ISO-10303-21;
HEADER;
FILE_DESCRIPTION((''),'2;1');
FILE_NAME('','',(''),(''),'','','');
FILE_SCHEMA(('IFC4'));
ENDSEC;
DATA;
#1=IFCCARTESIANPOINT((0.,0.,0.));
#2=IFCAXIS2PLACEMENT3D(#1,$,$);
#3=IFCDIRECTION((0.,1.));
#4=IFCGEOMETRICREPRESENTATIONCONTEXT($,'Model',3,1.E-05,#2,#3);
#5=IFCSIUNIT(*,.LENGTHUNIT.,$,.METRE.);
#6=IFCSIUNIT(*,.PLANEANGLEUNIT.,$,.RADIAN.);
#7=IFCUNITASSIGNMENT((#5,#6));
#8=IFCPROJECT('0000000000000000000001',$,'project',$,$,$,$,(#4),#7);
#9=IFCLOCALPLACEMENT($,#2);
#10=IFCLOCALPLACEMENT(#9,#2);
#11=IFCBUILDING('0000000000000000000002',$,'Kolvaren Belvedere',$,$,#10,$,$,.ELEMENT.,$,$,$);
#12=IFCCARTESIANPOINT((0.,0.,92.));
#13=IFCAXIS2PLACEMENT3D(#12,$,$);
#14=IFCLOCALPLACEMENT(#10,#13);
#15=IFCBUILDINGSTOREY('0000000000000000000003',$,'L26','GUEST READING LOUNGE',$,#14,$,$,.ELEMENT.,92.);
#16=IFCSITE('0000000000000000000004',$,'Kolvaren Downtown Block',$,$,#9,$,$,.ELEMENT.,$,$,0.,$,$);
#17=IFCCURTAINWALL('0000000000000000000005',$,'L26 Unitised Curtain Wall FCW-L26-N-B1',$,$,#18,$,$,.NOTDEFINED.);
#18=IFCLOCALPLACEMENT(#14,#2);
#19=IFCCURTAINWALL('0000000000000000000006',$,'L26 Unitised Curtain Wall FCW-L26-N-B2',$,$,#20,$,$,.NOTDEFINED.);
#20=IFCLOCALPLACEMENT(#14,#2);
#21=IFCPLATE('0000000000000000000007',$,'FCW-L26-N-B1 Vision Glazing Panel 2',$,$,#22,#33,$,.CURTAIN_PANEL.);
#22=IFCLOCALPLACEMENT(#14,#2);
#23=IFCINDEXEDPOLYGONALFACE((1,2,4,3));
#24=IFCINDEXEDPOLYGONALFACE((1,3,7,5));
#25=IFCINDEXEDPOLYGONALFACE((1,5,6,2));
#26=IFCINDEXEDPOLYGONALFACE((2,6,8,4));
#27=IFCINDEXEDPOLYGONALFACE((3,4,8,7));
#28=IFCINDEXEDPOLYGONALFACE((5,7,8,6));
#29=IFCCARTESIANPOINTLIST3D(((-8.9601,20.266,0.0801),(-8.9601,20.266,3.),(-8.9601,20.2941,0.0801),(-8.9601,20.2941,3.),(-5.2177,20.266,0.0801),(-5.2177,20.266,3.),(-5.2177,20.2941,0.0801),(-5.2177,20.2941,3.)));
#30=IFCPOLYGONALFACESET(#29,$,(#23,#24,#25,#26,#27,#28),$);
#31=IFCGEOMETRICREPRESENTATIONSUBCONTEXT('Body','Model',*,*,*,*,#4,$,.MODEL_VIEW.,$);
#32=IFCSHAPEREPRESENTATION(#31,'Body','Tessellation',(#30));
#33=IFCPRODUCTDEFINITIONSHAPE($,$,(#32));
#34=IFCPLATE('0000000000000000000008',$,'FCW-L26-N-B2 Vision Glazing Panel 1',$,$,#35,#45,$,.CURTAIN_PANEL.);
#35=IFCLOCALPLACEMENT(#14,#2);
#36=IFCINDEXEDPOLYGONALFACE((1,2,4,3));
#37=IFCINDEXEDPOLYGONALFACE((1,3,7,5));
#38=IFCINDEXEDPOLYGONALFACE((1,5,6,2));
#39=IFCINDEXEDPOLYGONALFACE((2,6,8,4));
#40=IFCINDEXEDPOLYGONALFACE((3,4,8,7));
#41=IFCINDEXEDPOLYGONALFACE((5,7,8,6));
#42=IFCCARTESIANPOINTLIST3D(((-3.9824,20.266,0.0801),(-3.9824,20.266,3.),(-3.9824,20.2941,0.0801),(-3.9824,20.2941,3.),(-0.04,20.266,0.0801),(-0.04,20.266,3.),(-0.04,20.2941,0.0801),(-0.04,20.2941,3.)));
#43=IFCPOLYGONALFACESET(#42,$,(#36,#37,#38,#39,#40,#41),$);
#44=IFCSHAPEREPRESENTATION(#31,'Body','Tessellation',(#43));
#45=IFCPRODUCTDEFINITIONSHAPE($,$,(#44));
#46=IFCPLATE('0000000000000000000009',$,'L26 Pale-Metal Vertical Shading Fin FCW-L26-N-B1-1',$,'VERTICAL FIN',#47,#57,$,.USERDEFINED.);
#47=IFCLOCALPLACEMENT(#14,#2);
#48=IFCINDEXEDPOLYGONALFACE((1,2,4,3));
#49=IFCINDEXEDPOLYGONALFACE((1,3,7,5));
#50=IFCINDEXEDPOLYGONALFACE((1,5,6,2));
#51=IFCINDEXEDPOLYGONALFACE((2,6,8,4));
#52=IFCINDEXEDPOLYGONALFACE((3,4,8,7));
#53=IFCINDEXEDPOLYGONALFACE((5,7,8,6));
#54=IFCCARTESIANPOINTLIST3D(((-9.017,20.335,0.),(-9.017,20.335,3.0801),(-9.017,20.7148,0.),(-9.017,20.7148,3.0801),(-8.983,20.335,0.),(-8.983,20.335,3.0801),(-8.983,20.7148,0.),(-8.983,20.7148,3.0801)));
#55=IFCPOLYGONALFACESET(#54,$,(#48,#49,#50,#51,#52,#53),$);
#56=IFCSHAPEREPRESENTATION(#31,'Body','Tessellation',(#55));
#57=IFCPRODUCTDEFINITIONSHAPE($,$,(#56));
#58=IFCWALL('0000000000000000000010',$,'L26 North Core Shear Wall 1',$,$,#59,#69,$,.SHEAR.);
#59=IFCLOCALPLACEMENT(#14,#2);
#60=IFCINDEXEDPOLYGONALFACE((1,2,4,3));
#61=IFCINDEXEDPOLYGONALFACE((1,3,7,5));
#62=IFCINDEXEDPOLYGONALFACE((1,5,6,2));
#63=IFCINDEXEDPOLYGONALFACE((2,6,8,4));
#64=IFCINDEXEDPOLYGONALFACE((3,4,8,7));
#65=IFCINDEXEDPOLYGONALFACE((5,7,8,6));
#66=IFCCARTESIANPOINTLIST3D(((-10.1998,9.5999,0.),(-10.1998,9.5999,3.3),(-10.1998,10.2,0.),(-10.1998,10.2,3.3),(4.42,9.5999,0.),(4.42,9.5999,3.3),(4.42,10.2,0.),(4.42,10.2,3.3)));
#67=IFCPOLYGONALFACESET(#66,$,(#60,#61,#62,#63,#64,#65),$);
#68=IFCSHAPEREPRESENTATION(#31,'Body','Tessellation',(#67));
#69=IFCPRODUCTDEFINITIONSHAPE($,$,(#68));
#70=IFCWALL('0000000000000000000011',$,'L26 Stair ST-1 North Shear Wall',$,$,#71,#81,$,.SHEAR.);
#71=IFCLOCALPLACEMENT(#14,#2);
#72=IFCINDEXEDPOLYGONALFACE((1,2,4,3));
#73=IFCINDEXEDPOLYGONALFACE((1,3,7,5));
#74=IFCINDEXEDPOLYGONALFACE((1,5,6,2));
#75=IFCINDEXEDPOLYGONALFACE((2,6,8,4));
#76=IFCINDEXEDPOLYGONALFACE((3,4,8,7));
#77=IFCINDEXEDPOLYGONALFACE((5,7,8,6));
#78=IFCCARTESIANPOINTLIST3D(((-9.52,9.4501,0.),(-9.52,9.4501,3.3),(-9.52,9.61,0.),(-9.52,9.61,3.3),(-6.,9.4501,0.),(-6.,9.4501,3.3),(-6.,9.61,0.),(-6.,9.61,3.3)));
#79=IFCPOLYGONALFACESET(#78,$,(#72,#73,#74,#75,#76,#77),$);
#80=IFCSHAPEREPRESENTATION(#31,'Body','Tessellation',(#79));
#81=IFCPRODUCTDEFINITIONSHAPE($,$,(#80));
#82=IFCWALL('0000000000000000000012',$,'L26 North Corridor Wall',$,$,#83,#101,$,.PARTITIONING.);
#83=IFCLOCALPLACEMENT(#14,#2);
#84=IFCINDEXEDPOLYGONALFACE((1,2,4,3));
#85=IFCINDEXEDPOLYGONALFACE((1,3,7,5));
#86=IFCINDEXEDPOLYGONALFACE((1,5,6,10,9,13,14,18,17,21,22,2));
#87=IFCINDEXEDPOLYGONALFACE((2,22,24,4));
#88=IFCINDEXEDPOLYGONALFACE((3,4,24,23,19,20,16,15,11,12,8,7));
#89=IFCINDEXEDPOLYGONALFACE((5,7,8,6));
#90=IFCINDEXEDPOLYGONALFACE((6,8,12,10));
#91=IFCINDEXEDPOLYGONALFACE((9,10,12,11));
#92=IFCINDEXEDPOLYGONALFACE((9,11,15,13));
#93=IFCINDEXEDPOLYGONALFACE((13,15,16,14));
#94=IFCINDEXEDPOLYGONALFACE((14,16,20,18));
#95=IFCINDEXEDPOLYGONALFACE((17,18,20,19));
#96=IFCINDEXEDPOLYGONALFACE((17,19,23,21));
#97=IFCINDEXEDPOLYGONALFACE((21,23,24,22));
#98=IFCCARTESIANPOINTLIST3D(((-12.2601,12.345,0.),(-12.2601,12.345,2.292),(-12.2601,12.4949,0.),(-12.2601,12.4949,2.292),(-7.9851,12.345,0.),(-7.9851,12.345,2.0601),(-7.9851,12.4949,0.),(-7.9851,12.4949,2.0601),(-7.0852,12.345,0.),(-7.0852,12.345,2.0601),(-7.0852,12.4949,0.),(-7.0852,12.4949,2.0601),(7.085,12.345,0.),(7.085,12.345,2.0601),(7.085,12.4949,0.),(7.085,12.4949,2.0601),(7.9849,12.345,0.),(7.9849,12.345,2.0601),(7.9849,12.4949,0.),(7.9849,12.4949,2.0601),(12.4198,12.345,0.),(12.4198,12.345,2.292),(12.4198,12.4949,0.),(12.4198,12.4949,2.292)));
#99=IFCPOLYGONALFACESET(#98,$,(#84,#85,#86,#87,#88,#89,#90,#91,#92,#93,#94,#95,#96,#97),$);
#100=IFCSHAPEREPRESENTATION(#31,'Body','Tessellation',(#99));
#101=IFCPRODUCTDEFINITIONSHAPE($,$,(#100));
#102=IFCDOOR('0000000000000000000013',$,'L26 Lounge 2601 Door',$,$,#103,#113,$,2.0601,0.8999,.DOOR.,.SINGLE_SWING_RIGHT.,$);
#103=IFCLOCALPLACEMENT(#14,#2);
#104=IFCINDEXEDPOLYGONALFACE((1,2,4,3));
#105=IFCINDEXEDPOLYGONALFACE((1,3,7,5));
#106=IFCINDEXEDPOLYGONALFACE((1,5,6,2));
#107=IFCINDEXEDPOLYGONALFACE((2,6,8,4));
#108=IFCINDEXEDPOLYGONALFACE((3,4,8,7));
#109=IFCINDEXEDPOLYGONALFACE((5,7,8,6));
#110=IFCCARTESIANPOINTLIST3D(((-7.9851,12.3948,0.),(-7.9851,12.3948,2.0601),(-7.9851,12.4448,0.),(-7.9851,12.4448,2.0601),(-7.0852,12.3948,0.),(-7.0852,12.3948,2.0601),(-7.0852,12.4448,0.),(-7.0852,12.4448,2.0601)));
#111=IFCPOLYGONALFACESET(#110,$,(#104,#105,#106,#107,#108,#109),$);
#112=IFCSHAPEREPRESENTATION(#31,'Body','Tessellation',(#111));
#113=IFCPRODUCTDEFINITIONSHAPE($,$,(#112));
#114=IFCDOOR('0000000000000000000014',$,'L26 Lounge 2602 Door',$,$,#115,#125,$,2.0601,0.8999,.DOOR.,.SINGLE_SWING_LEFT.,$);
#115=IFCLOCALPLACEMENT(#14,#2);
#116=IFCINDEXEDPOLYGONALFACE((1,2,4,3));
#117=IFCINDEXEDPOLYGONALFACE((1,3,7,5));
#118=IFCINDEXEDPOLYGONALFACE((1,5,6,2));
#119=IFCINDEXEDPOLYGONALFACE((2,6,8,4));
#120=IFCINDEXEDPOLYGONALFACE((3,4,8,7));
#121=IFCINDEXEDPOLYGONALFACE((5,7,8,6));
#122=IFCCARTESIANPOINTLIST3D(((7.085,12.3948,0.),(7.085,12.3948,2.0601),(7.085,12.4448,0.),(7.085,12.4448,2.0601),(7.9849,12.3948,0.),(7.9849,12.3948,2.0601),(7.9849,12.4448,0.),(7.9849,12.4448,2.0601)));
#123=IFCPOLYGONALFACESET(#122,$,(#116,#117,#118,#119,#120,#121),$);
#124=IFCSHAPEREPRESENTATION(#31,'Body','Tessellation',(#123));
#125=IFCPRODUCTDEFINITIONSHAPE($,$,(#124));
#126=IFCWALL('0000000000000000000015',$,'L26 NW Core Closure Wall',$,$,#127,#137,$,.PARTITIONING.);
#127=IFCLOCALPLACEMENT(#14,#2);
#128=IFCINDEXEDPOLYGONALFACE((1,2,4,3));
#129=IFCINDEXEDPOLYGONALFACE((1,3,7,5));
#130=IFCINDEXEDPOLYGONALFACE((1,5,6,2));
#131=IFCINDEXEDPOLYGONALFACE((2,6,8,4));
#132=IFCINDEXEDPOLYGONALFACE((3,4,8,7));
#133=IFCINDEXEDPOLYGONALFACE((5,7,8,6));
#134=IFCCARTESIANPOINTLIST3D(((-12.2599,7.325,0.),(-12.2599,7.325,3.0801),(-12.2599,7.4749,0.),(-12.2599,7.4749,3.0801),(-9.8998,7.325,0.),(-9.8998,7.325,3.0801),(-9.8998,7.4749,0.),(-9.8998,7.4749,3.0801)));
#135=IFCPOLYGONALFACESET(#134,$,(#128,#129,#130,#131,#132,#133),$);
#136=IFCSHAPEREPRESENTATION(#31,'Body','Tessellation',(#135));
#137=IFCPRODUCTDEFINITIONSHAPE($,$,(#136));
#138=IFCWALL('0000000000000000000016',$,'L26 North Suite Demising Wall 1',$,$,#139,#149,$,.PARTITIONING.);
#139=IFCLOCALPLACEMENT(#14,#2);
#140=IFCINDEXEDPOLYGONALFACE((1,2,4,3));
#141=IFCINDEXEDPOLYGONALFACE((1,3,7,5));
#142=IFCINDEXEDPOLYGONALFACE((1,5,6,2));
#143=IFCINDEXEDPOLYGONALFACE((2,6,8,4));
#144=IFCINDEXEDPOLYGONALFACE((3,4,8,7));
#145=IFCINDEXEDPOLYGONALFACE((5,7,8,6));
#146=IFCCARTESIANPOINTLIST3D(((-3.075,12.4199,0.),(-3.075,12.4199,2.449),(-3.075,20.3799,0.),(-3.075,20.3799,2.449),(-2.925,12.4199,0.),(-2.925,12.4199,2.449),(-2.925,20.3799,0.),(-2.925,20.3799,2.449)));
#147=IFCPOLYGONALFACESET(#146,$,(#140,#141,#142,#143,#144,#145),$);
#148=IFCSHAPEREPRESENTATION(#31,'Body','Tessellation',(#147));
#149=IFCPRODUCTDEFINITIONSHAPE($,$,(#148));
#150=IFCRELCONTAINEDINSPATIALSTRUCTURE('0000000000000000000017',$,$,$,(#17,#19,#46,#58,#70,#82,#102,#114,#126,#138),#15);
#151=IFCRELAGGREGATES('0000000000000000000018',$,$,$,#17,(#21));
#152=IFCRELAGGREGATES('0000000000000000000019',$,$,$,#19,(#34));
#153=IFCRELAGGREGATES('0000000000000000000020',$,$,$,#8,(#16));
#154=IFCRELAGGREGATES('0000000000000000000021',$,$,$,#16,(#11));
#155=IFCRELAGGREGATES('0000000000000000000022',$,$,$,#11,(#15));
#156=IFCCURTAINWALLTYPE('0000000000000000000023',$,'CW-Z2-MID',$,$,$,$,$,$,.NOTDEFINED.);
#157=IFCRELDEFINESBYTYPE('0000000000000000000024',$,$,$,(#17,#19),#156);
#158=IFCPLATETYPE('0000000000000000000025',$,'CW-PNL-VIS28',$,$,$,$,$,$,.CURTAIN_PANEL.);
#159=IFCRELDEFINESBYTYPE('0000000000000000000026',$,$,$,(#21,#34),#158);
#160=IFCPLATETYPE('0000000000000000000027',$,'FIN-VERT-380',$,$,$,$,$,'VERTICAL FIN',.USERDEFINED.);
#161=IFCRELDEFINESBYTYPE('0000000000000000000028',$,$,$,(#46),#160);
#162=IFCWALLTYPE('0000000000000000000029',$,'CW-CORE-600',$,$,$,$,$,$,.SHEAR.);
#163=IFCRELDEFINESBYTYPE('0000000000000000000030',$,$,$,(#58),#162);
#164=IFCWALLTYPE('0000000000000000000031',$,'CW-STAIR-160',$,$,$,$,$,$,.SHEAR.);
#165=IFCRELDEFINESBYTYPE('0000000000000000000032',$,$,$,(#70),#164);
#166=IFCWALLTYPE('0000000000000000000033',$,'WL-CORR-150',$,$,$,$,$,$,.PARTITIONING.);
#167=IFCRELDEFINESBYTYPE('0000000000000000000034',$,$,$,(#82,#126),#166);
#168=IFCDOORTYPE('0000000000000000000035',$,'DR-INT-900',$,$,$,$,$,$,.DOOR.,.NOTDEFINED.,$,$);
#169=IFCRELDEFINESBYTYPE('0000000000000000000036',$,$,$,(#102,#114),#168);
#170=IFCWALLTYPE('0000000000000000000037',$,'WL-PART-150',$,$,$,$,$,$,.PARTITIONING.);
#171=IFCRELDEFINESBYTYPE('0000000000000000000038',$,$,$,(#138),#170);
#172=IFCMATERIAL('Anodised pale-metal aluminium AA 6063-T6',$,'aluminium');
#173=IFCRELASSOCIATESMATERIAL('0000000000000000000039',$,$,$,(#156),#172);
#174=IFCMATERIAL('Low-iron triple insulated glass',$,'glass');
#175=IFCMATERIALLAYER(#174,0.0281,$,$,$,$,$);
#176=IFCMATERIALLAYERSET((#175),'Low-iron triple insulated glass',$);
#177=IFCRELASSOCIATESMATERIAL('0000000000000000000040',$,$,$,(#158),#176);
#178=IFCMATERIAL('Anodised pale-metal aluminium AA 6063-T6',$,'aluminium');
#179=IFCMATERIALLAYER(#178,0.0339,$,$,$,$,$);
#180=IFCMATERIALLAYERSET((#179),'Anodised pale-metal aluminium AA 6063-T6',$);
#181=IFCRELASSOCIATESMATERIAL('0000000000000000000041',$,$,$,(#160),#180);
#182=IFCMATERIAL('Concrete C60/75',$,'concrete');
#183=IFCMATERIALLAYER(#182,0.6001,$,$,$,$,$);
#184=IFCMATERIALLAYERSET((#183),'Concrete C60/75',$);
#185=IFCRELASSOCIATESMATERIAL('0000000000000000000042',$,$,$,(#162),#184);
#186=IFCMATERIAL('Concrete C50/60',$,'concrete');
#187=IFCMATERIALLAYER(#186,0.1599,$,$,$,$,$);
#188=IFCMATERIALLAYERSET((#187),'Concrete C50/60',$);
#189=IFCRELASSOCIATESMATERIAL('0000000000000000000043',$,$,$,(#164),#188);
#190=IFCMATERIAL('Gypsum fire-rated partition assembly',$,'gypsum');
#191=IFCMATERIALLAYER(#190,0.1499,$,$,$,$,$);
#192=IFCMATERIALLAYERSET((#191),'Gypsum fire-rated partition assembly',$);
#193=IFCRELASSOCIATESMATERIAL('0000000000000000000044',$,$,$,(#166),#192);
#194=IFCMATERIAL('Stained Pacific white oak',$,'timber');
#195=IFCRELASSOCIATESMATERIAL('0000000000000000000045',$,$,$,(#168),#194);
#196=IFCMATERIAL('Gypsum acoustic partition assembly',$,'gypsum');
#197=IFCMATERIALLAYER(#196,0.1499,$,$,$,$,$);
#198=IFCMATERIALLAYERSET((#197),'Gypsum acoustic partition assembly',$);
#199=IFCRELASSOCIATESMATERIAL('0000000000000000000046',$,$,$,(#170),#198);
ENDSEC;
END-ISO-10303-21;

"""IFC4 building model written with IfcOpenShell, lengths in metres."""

from ifc_helpers import new_model, si_unit, direction, frame, frame_2d, origin, origin_2d, place, context, subcontext, project, spatial, rectangle, extrude, material, layer, layer_set, type_object, element, fill, aggregate, save


model = new_model("IFC4")

# Units and contexts
model_context = context("Model", 3, precision=1e-05, world=origin(), true_north=direction((0.0, 1.0)))
body_context = subcontext(model_context, "Body", "Model", "MODEL_VIEW")
ifc_project = project(units=[si_unit("LENGTHUNIT", "METRE"), si_unit("PLANEANGLEUNIT", "RADIAN")], contexts=[model_context])

# Site, building, storey
site_placement = place(None, origin())
site = spatial("IfcSite", under=ifc_project, at=site_placement, Name="Kolvaren Downtown Block", CompositionType="ELEMENT", RefElevation=0.0)
building_placement = place(site_placement, origin())
building = spatial("IfcBuilding", under=site, at=building_placement, Name="Kolvaren Belvedere", CompositionType="ELEMENT")
storey_placement = place(building_placement, frame((0.0, 0.0, 92.0)))
storey = spatial("IfcBuildingStorey", under=building, at=storey_placement, Name="L26", Description="GUEST READING LOUNGE", CompositionType="ELEMENT", Elevation=92.0)

# Curtain wall
ifc_material_1 = material(Name="Anodised pale-metal aluminium AA 6063-T6", Category="aluminium")
curtain_wall_type = type_object("IfcCurtainWallType", Name="CW-Z2-MID", PredefinedType="NOTDEFINED", material=ifc_material_1)
curtain_wall_1_placement = place(storey_placement, origin())
curtain_wall_1 = element("IfcCurtainWall", 1, at=curtain_wall_1_placement, inside=storey, type_object=curtain_wall_type, Name="L26 Unitised Curtain Wall FCW-L26-N-B1", PredefinedType="NOTDEFINED")

# Curtain wall
curtain_wall_2_placement = place(storey_placement, origin())
curtain_wall_2 = element("IfcCurtainWall", 2, at=curtain_wall_2_placement, inside=storey, type_object=curtain_wall_type, Name="L26 Unitised Curtain Wall FCW-L26-N-B2", PredefinedType="NOTDEFINED")

# Plates
ifc_material_2 = material(Name="Low-iron triple insulated glass", Category="glass")
ifc_layer_1 = layer(ifc_material_2, 0.0281)
ifc_layer_set_1 = layer_set([ifc_layer_1], Name="Low-iron triple insulated glass")
plate_type_1 = type_object("IfcPlateType", Name="CW-PNL-VIS28", PredefinedType="CURTAIN_PANEL", material=ifc_layer_set_1)
plate_1_placement = place(storey_placement, frame((-7.0889, 20.28, 0.0801), z_axis=(0.0, 0.0, 1.0), x_axis=(1.0, 0.0, 0.0)))
plate_1 = element("IfcPlate", 3, at=plate_1_placement, type_object=plate_type_1, Name="FCW-L26-N-B1 Vision Glazing Panel 2", PredefinedType="CURTAIN_PANEL", context=body_context, shape_type="SweptSolid", body=[
    extrude(rectangle(XDim=3.7424, YDim=0.0281, at=origin_2d()), origin(), (0.0, 0.0, 1.0), 2.9199),
])
aggregate(curtain_wall_1, [plate_1])
plate_2_placement = place(storey_placement, frame((-2.0112, 20.28, 0.0801), z_axis=(0.0, 0.0, 1.0), x_axis=(1.0, 0.0, 0.0)))
plate_2 = element("IfcPlate", 4, at=plate_2_placement, type_object=plate_type_1, Name="FCW-L26-N-B2 Vision Glazing Panel 1", PredefinedType="CURTAIN_PANEL", context=body_context, shape_type="SweptSolid", body=[
    extrude(rectangle(XDim=3.9424, YDim=0.0281, at=origin_2d()), origin(), (0.0, 0.0, 1.0), 2.9199),
])
aggregate(curtain_wall_2, [plate_2])
ifc_material_3 = material(Name="Anodised pale-metal aluminium AA 6063-T6", Category="aluminium")
ifc_layer_2 = layer(ifc_material_3, 0.0339)
ifc_layer_set_2 = layer_set([ifc_layer_2], Name="Anodised pale-metal aluminium AA 6063-T6")
plate_type_2 = type_object("IfcPlateType", Name="FIN-VERT-380", ElementType="VERTICAL FIN", PredefinedType="USERDEFINED", material=ifc_layer_set_2)
plate_3_placement = place(storey_placement, frame((-9.0, 20.5249, 0.0), z_axis=(0.0, 0.0, 1.0), x_axis=(0.0, 1.0, 0.0)))
element("IfcPlate", 5, at=plate_3_placement, inside=storey, type_object=plate_type_2, Name="L26 Pale-Metal Vertical Shading Fin FCW-L26-N-B1-1", ObjectType="VERTICAL FIN", PredefinedType="USERDEFINED", context=body_context, shape_type="SweptSolid", body=[
    extrude(rectangle(XDim=0.3799, YDim=0.0339, at=origin_2d()), origin(), (0.0, 0.0, 1.0), 3.0801),
])

# Walls
ifc_material_4 = material(Name="Concrete C60/75", Category="concrete")
ifc_layer_3 = layer(ifc_material_4, 0.6001)
ifc_layer_set_3 = layer_set([ifc_layer_3], Name="Concrete C60/75")
wall_type_1 = type_object("IfcWallType", Name="CW-CORE-600", PredefinedType="SHEAR", material=ifc_layer_set_3)
wall_1_placement = place(storey_placement, frame((-10.2, 9.8999, 0.0), z_axis=(0.0, 0.0, 1.0), x_axis=(1.0, 0.0, 0.0)))
element("IfcWall", 6, at=wall_1_placement, inside=storey, type_object=wall_type_1, Name="L26 North Core Shear Wall 1", PredefinedType="SHEAR", context=body_context, shape_type="SweptSolid", body=[
    extrude(rectangle(XDim=14.6199, YDim=0.6001, at=frame_2d((7.3101, 0.0))), origin(), (0.0, 0.0, 1.0), 3.3),
])
ifc_material_5 = material(Name="Concrete C50/60", Category="concrete")
ifc_layer_4 = layer(ifc_material_5, 0.1599)
ifc_layer_set_4 = layer_set([ifc_layer_4], Name="Concrete C50/60")
wall_type_2 = type_object("IfcWallType", Name="CW-STAIR-160", PredefinedType="SHEAR", material=ifc_layer_set_4)
wall_2_placement = place(storey_placement, frame((-9.52, 9.53, 0.0), z_axis=(0.0, 0.0, 1.0), x_axis=(1.0, 0.0, 0.0)))
element("IfcWall", 7, at=wall_2_placement, inside=storey, type_object=wall_type_2, Name="L26 Stair ST-1 North Shear Wall", PredefinedType="SHEAR", context=body_context, shape_type="SweptSolid", body=[
    extrude(rectangle(XDim=3.52, YDim=0.1599, at=frame_2d((1.76, 0.0))), origin(), (0.0, 0.0, 1.0), 3.3),
])

# Wall, openings, doors
ifc_material_6 = material(Name="Gypsum fire-rated partition assembly", Category="gypsum")
ifc_layer_5 = layer(ifc_material_6, 0.1499)
ifc_layer_set_5 = layer_set([ifc_layer_5], Name="Gypsum fire-rated partition assembly")
wall_type_3 = type_object("IfcWallType", Name="WL-CORR-150", PredefinedType="PARTITIONING", material=ifc_layer_set_5)
wall_3_placement = place(storey_placement, frame((-12.26, 12.4199, 0.0), z_axis=(0.0, 0.0, 1.0), x_axis=(1.0, 0.0, 0.0)))
wall_3 = element("IfcWall", 8, at=wall_3_placement, inside=storey, type_object=wall_type_3, Name="L26 North Corridor Wall", PredefinedType="PARTITIONING", context=body_context, shape_type="SweptSolid", body=[
    extrude(rectangle(XDim=24.6799, YDim=0.1499, at=frame_2d((12.3398, 0.0))), origin(), (0.0, 0.0, 1.0), 2.292),
])
opening_1_placement = place(wall_3_placement, frame((4.2749, 0.0, 0.0)))
opening_1 = element("IfcOpeningElement", 9, at=opening_1_placement, cuts=wall_3, PredefinedType="OPENING", context=body_context, shape_type="SweptSolid", body=[
    extrude(rectangle(XDim=0.8999, YDim=2.0601, at=frame_2d((0.45, 1.03))), frame((0.0, 0.085, 0.0), z_axis=(0.0, -1.0, 0.0), x_axis=(1.0, 0.0, 0.0)), (0.0, 0.0, 1.0), 0.1699),
])
opening_2_placement = place(wall_3_placement, frame((19.345, 0.0, 0.0)))
opening_2 = element("IfcOpeningElement", 10, at=opening_2_placement, cuts=wall_3, PredefinedType="OPENING", context=body_context, shape_type="SweptSolid", body=[
    extrude(rectangle(XDim=0.8999, YDim=2.0601, at=frame_2d((0.45, 1.03))), frame((0.0, 0.085, 0.0), z_axis=(0.0, -1.0, 0.0), x_axis=(1.0, 0.0, 0.0)), (0.0, 0.0, 1.0), 0.1699),
])
ifc_material_7 = material(Name="Stained Pacific white oak", Category="timber")
door_type = type_object("IfcDoorType", Name="DR-INT-900", OperationType="NOTDEFINED", PredefinedType="DOOR", material=ifc_material_7)
door_1_placement = place(opening_1_placement, origin())
door_1 = element("IfcDoor", 11, at=door_1_placement, inside=storey, type_object=door_type, Name="L26 Lounge 2601 Door", OperationType="SINGLE_SWING_RIGHT", OverallHeight=2.0601, OverallWidth=0.8999, PredefinedType="DOOR", context=body_context, shape_type="SweptSolid", body=[
    extrude(rectangle(XDim=0.8999, YDim=2.0601, at=frame_2d((0.45, 1.03))), frame((0.0, 0.0249, 0.0), z_axis=(0.0, -1.0, 0.0), x_axis=(1.0, 0.0, 0.0)), (0.0, 0.0, 1.0), 0.05),
])
fill(opening_1, door_1)
door_2_placement = place(opening_2_placement, origin())
door_2 = element("IfcDoor", 12, at=door_2_placement, inside=storey, type_object=door_type, Name="L26 Lounge 2602 Door", OperationType="SINGLE_SWING_LEFT", OverallHeight=2.0601, OverallWidth=0.8999, PredefinedType="DOOR", context=body_context, shape_type="SweptSolid", body=[
    extrude(rectangle(XDim=0.8999, YDim=2.0601, at=frame_2d((0.45, 1.03))), frame((0.0, 0.0249, 0.0), z_axis=(0.0, -1.0, 0.0), x_axis=(1.0, 0.0, 0.0)), (0.0, 0.0, 1.0), 0.05),
])
fill(opening_2, door_2)

# Walls
wall_4_placement = place(storey_placement, frame((-12.26, 7.3999, 0.0), z_axis=(0.0, 0.0, 1.0), x_axis=(1.0, 0.0, 0.0)))
element("IfcWall", 13, at=wall_4_placement, inside=storey, type_object=wall_type_3, Name="L26 NW Core Closure Wall", PredefinedType="PARTITIONING", context=body_context, shape_type="SweptSolid", body=[
    extrude(rectangle(XDim=2.3601, YDim=0.1499, at=frame_2d((1.1802, 0.0))), origin(), (0.0, 0.0, 1.0), 3.0801),
])
ifc_material_8 = material(Name="Gypsum acoustic partition assembly", Category="gypsum")
ifc_layer_6 = layer(ifc_material_8, 0.1499)
ifc_layer_set_6 = layer_set([ifc_layer_6], Name="Gypsum acoustic partition assembly")
wall_type_4 = type_object("IfcWallType", Name="WL-PART-150", PredefinedType="PARTITIONING", material=ifc_layer_set_6)
wall_5_placement = place(storey_placement, frame((-3.0, 12.4199, 0.0), z_axis=(0.0, 0.0, 1.0), x_axis=(0.0, 1.0, 0.0)))
element("IfcWall", 14, at=wall_5_placement, inside=storey, type_object=wall_type_4, Name="L26 North Suite Demising Wall 1", PredefinedType="PARTITIONING", context=body_context, shape_type="SweptSolid", body=[
    extrude(rectangle(XDim=7.96, YDim=0.1499, at=frame_2d((3.98, 0.0))), origin(), (0.0, 0.0, 1.0), 2.449),
])

save(model, "model.ifc")
